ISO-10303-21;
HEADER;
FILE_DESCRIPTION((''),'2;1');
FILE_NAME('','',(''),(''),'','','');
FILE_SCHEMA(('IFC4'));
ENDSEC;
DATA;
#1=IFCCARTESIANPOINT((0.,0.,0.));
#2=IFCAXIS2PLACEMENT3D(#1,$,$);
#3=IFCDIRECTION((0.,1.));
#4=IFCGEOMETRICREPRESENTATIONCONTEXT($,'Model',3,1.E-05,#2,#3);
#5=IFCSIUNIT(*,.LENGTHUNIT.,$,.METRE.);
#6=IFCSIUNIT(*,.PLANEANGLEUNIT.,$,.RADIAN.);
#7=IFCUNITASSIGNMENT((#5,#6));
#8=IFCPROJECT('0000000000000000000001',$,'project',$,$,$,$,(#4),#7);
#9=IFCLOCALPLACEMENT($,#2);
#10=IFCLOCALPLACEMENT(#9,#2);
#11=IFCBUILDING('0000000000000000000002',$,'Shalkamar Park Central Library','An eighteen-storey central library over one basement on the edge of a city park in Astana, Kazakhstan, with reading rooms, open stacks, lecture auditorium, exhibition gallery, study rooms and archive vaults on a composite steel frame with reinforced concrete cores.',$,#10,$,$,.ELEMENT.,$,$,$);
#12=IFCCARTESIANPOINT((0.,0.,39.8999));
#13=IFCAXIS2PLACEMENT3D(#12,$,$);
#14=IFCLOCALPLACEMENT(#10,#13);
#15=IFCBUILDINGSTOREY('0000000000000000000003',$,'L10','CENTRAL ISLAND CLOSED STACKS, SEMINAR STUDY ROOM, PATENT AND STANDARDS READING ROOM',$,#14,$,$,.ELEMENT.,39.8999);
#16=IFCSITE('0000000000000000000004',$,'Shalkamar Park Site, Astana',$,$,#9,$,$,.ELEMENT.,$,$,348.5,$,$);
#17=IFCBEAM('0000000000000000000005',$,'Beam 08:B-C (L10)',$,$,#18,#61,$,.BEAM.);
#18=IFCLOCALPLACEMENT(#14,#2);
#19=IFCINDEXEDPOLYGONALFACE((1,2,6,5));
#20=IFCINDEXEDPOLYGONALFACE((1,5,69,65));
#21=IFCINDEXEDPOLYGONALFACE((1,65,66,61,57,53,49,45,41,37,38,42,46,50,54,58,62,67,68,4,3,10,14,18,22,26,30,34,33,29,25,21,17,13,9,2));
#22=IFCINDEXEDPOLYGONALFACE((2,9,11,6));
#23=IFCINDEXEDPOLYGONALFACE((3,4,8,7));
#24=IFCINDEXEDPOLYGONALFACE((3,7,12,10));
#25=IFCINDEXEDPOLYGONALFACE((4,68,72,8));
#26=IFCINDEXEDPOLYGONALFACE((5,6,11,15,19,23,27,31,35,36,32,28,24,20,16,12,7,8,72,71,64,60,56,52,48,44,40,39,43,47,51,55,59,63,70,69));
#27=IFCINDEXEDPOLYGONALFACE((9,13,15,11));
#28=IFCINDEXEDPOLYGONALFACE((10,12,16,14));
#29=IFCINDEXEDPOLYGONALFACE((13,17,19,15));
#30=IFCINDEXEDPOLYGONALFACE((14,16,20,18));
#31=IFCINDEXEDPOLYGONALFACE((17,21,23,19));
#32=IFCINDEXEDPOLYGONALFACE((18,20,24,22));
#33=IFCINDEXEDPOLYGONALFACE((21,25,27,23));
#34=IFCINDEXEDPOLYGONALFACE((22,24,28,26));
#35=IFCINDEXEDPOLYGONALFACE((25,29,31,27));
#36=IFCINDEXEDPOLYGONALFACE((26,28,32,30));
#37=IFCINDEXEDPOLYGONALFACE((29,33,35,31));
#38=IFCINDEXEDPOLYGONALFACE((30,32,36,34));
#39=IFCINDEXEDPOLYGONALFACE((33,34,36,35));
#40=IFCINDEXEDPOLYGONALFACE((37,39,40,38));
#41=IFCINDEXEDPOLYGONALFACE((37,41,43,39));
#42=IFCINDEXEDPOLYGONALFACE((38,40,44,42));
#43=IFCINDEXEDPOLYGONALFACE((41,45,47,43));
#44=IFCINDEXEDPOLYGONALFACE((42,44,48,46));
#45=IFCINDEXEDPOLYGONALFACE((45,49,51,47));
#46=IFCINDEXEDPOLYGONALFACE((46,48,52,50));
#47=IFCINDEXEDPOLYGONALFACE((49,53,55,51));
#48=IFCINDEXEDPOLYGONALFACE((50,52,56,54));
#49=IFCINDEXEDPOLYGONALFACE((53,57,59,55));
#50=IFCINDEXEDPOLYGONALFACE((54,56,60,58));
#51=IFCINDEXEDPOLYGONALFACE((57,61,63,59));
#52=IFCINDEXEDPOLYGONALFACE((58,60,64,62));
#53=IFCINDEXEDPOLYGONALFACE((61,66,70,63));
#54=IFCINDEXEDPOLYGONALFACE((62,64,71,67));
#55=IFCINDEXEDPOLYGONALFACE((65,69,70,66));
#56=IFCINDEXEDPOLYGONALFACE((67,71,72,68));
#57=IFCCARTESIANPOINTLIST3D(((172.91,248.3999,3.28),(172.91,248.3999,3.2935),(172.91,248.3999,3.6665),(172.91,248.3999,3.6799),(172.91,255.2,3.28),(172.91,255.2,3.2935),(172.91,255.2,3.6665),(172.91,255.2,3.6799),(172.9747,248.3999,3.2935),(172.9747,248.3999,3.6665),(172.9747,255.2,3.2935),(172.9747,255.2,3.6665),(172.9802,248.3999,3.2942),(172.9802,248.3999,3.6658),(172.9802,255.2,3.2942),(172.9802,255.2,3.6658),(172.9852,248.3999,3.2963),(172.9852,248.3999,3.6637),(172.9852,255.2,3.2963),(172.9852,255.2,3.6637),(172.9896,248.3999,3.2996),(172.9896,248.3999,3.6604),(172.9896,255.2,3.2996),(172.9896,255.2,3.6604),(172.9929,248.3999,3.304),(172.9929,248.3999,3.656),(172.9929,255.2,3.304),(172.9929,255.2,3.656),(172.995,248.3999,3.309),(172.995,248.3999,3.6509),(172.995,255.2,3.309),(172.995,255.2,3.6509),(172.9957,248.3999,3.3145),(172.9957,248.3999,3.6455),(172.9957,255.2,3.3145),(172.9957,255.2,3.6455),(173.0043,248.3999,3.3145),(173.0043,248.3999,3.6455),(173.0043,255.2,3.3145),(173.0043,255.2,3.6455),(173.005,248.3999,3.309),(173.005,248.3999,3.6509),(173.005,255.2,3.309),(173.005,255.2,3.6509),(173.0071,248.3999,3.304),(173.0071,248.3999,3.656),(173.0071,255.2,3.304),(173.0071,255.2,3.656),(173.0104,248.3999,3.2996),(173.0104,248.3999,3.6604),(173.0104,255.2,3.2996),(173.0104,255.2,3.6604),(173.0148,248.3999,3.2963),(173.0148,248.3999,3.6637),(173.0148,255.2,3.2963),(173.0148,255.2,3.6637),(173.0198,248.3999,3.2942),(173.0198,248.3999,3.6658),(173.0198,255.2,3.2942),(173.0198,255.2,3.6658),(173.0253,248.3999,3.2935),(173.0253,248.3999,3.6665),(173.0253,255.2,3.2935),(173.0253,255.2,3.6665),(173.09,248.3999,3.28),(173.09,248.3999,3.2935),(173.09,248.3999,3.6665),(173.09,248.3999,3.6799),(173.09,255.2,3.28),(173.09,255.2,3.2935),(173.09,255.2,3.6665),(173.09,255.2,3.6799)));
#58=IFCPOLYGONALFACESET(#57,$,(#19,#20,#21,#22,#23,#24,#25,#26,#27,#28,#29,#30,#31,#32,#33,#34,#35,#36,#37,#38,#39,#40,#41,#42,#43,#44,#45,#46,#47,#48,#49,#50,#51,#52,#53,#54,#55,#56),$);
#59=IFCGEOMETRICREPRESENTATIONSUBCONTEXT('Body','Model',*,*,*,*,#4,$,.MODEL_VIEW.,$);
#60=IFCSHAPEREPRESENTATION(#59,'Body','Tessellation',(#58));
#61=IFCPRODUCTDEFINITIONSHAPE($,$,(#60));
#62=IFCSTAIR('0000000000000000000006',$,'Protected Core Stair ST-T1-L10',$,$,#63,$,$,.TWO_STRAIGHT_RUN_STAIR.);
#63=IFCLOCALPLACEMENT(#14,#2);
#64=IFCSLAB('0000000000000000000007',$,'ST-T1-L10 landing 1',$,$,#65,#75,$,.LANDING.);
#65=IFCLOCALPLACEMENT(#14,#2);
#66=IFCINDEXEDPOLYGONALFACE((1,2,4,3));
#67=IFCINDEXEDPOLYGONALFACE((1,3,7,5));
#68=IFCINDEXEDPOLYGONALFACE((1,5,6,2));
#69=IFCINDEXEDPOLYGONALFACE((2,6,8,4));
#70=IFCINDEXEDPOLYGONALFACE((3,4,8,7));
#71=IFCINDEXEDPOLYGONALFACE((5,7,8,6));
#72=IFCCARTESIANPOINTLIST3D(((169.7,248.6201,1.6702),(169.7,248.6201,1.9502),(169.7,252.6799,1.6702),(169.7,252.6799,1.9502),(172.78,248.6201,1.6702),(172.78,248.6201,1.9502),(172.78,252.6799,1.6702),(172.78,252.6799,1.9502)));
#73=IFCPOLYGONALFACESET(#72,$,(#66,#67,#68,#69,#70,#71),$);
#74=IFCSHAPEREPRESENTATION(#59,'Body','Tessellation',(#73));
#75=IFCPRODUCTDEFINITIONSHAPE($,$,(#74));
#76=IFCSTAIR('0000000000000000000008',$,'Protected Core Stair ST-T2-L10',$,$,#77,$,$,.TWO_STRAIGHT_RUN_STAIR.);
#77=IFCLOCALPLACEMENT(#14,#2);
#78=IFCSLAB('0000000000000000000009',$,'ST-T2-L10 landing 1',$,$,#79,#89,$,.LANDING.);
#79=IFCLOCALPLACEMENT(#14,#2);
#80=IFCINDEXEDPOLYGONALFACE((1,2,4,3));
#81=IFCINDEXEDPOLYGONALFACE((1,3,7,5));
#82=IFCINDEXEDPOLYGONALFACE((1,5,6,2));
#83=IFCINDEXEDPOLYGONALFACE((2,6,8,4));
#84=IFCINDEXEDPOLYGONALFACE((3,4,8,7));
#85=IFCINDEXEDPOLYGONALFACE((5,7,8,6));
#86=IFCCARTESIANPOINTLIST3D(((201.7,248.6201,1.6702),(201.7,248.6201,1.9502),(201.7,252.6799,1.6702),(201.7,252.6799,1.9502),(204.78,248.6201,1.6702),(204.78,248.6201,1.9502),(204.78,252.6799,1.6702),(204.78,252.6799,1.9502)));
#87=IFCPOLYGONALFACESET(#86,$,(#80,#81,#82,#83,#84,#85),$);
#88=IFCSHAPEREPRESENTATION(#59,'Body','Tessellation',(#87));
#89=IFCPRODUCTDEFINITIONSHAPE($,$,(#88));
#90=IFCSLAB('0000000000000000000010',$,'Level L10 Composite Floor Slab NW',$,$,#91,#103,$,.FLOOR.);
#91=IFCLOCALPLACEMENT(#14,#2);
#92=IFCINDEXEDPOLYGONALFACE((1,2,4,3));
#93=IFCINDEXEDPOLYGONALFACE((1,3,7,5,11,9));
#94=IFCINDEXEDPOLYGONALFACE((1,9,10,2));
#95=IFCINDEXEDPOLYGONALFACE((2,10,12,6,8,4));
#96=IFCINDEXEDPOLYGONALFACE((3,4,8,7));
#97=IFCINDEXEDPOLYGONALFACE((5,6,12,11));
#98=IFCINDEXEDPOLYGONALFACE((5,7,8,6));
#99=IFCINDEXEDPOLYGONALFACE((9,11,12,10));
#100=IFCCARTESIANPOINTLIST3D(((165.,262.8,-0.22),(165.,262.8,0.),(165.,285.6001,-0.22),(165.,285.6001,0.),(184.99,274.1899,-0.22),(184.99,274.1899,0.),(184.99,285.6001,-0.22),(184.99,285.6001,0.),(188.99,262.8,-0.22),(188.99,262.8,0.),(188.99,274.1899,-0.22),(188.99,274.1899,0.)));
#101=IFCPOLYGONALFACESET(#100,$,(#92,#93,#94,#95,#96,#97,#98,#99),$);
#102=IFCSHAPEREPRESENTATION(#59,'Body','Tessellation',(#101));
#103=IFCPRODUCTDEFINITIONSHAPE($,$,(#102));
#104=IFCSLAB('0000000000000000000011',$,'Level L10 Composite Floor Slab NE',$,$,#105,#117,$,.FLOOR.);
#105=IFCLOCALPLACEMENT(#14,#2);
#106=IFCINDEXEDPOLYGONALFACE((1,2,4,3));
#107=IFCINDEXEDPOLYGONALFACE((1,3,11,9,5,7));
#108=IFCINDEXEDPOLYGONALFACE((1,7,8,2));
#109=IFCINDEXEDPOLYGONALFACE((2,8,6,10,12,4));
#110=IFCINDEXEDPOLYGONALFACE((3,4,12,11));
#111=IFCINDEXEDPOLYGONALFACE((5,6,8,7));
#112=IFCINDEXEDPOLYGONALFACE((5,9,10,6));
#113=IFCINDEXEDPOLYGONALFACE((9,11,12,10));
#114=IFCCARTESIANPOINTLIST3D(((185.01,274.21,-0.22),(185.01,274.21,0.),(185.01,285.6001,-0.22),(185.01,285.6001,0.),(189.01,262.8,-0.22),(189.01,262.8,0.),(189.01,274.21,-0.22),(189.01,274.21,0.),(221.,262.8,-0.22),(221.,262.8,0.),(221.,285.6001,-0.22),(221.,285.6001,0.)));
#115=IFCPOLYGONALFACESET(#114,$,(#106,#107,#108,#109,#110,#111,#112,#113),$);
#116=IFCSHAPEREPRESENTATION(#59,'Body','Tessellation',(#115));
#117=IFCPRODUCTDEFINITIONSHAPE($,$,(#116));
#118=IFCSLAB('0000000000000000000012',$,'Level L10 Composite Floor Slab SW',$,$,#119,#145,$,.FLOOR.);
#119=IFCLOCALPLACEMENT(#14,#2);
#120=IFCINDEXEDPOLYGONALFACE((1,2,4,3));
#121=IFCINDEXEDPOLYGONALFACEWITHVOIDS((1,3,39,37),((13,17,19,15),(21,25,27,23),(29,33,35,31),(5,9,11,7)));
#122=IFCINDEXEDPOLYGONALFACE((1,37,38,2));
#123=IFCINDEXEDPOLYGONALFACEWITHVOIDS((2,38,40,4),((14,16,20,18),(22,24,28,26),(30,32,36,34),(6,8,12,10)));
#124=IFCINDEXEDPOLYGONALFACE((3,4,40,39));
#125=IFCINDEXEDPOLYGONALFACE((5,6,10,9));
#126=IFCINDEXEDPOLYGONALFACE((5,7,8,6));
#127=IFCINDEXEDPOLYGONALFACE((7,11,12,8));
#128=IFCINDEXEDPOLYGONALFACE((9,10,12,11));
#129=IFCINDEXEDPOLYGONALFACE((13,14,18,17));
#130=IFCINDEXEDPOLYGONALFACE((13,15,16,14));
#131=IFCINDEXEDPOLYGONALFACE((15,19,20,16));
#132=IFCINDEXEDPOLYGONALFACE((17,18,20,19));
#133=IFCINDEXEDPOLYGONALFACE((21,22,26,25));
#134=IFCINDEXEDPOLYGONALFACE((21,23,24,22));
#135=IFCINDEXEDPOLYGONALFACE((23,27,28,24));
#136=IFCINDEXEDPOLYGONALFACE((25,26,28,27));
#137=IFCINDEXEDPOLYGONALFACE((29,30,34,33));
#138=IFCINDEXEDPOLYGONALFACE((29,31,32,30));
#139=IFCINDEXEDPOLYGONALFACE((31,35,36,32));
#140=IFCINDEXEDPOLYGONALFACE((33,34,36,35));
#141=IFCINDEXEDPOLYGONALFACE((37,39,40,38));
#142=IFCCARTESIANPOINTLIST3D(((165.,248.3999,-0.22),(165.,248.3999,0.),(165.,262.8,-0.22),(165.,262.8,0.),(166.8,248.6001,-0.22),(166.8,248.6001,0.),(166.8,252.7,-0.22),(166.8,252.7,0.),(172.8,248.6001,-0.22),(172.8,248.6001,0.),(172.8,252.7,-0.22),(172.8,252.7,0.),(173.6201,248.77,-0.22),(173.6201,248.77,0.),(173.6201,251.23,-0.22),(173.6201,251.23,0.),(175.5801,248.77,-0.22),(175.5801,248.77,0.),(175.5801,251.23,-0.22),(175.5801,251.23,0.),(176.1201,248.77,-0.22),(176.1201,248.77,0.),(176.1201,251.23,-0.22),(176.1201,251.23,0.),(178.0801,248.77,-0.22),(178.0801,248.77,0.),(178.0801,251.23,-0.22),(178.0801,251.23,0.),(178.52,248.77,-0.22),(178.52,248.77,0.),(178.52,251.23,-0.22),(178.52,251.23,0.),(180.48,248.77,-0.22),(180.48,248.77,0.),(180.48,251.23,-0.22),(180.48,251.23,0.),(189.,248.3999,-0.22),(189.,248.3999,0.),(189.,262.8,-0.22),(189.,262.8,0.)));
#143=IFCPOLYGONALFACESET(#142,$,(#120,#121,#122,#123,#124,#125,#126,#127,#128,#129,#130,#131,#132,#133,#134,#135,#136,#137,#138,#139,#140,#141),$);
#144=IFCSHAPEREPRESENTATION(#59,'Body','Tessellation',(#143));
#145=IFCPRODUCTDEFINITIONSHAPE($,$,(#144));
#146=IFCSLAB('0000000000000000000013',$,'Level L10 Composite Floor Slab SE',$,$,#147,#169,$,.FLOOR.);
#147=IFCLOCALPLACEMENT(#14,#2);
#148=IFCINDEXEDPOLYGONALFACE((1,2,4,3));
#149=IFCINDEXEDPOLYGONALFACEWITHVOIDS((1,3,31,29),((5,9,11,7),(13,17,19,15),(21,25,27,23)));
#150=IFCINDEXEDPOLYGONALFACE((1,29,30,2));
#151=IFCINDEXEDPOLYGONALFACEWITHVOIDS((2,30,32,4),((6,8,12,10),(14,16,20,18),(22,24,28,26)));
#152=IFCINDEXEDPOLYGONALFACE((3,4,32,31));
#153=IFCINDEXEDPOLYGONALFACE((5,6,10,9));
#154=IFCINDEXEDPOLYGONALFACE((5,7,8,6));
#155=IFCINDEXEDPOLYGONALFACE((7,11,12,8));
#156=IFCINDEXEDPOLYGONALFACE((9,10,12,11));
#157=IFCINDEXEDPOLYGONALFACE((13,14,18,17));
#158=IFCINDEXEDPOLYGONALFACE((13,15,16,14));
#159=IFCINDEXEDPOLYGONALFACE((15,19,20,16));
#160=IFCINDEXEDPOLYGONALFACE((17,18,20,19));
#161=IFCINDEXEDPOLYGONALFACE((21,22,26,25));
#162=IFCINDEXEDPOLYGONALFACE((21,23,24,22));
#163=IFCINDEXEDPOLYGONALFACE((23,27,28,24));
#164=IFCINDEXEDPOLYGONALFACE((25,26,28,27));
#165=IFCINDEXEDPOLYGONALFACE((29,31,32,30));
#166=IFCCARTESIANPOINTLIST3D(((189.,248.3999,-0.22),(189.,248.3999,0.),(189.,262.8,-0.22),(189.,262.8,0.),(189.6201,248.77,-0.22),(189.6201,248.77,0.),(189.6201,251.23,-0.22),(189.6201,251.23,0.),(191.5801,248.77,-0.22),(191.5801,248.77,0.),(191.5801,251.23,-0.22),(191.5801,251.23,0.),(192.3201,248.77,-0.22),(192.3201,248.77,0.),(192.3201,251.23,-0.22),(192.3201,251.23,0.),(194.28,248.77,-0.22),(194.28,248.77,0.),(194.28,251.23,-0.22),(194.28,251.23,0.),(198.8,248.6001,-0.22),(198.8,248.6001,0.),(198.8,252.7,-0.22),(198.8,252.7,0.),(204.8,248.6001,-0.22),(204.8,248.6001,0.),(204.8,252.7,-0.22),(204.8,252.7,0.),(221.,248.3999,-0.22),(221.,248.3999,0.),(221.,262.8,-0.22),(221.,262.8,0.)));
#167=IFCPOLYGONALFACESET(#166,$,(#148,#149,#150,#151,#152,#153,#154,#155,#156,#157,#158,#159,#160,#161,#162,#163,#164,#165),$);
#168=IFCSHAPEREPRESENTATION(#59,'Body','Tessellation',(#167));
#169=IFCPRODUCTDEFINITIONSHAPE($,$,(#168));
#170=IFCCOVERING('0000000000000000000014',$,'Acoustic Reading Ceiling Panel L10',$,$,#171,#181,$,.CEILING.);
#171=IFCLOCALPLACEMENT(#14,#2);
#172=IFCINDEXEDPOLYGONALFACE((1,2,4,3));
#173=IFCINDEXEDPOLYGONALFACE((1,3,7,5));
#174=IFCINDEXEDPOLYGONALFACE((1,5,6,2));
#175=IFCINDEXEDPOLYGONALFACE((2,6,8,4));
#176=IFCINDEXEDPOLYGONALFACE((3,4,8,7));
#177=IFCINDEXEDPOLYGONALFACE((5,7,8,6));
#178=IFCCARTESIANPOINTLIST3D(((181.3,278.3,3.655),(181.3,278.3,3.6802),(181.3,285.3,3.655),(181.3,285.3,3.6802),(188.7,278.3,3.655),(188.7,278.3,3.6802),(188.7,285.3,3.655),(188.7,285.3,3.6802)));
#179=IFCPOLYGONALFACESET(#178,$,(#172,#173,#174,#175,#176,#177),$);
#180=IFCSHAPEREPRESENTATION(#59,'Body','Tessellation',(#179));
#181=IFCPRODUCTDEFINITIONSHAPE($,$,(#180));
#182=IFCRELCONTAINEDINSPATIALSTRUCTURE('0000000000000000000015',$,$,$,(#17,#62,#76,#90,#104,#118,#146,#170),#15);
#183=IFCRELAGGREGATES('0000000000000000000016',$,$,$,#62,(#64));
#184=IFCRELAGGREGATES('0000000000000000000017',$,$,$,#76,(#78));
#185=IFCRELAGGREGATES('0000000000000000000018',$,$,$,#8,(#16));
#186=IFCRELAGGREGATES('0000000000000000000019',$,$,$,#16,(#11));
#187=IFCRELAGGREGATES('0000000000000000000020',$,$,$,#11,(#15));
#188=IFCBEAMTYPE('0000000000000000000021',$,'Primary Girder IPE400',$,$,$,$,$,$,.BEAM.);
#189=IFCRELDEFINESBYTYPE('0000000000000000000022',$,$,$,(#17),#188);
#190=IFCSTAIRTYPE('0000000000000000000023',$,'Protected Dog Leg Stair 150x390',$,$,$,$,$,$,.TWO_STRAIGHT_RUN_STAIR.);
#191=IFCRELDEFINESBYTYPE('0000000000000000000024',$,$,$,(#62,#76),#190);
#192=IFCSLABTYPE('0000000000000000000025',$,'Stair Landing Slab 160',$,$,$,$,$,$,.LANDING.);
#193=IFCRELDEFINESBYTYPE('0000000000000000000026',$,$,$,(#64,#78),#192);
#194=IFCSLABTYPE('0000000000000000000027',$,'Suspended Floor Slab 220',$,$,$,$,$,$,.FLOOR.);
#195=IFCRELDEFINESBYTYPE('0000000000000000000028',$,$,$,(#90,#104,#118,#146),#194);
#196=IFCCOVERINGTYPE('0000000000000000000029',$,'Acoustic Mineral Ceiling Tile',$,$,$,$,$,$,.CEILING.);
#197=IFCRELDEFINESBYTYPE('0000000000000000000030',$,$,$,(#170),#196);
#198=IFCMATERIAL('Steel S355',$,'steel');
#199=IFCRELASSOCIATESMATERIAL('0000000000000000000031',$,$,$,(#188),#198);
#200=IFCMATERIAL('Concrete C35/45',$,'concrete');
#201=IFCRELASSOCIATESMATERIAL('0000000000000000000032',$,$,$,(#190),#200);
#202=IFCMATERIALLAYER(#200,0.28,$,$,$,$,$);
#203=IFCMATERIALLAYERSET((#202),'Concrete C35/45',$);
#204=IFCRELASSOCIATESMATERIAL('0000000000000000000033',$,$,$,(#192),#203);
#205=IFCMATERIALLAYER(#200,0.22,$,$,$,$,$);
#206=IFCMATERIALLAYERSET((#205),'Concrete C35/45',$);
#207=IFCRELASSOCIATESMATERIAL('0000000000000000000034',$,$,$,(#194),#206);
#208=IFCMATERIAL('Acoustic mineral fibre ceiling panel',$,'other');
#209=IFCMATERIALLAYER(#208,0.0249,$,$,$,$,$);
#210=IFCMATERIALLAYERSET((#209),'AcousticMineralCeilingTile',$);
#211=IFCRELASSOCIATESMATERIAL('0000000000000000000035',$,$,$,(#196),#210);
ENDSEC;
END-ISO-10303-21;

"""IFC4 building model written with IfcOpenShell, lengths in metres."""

from ifc_helpers import new_model, si_unit, direction, frame, origin, origin_2d, place, context, subcontext, project, spatial, polyline, i_section, outline, extrude, material, layer, layer_set, material_profile, profile_set, type_object, element, aggregate, save


model = new_model("IFC4")

# Units and contexts
model_context = context("Model", 3, precision=1e-05, world=origin(), true_north=direction((0.0, 1.0)))
body_context = subcontext(model_context, "Body", "Model", "MODEL_VIEW")
ifc_project = project(units=[si_unit("LENGTHUNIT", "METRE"), si_unit("PLANEANGLEUNIT", "RADIAN")], contexts=[model_context])

# Site, building, storey
site_placement = place(None, origin())
site = spatial("IfcSite", under=ifc_project, at=site_placement, Name="Shalkamar Park Site, Astana", CompositionType="ELEMENT", RefElevation=348.5)
building_placement = place(site_placement, origin())
building = spatial("IfcBuilding", under=site, at=building_placement, Name="Shalkamar Park Central Library", Description="An eighteen-storey central library over one basement on the edge of a city park in Astana, Kazakhstan, with reading rooms, open stacks, lecture auditorium, exhibition gallery, study rooms and archive vaults on a composite steel frame with reinforced concrete cores.", CompositionType="ELEMENT")
storey_placement = place(building_placement, frame((0.0, 0.0, 39.8999)))
storey = spatial("IfcBuildingStorey", under=building, at=storey_placement, Name="L10", Description="CENTRAL ISLAND CLOSED STACKS, SEMINAR STUDY ROOM, PATENT AND STANDARDS READING ROOM", CompositionType="ELEMENT", Elevation=39.8999)

# Shared definitions
ifc_material_1 = material(Name="Steel S355", Category="steel")

# Beam
ifc_material_profile_1 = material_profile(ifc_material_1, i_section(OverallWidth=0.1799, OverallDepth=0.3999, WebThickness=0.0085, FlangeThickness=0.0134, FilletRadius=0.021, at=origin_2d()), Name="IPE 400")
ifc_profile_set_1 = profile_set([ifc_material_profile_1], Name="Steel S355")
beam_type_1 = type_object("IfcBeamType", Name="Primary Girder IPE400", PredefinedType="BEAM", material=ifc_profile_set_1)
beam_1_placement = place(storey_placement, frame((173.0, 248.3999, 3.48), z_axis=(0.0, 1.0, 0.0), x_axis=(-1.0, 0.0, 0.0)))
element("IfcBeam", 1, at=beam_1_placement, inside=storey, type_object=beam_type_1, Name="Beam 08:B-C (L10)", PredefinedType="BEAM", context=body_context, shape_type="SweptSolid", body=[
    extrude(i_section(OverallWidth=0.1799, OverallDepth=0.3999, WebThickness=0.0085, FlangeThickness=0.0134, FilletRadius=0.021, at=origin_2d()), origin(), (0.0, 0.0, 1.0), 6.8),
])

# Stairs, slabs
ifc_material_2 = material(Name="Concrete C35/45", Category="concrete")
stair_type = type_object("IfcStairType", Name="Protected Dog Leg Stair 150x390", PredefinedType="TWO_STRAIGHT_RUN_STAIR", material=ifc_material_2)
stair_1_placement = place(storey_placement, origin())
stair_1 = element("IfcStair", 2, at=stair_1_placement, inside=storey, type_object=stair_type, Name="Protected Core Stair ST-T1-L10", PredefinedType="TWO_STRAIGHT_RUN_STAIR")
ifc_layer_1 = layer(ifc_material_2, 0.28)
ifc_layer_set_1 = layer_set([ifc_layer_1], Name="Concrete C35/45")
slab_type_1 = type_object("IfcSlabType", Name="Stair Landing Slab 160", PredefinedType="LANDING", material=ifc_layer_set_1)
slab_1_placement = place(storey_placement, frame((0.0, 0.0, 1.6702)))
slab_1 = element("IfcSlab", 3, at=slab_1_placement, type_object=slab_type_1, Name="ST-T1-L10 landing 1", PredefinedType="LANDING", context=body_context, shape_type="SweptSolid", body=[
    extrude(outline(polyline([(169.7, 248.6201), (172.78, 248.6201), (172.78, 252.6799), (169.7, 252.6799), (169.7, 248.6201)])), origin(), (0.0, 0.0, 1.0), 0.28),
])
aggregate(stair_1, [slab_1])
stair_2_placement = place(storey_placement, origin())
stair_2 = element("IfcStair", 4, at=stair_2_placement, inside=storey, type_object=stair_type, Name="Protected Core Stair ST-T2-L10", PredefinedType="TWO_STRAIGHT_RUN_STAIR")
slab_2_placement = place(storey_placement, frame((0.0, 0.0, 1.6702)))
slab_2 = element("IfcSlab", 5, at=slab_2_placement, type_object=slab_type_1, Name="ST-T2-L10 landing 1", PredefinedType="LANDING", context=body_context, shape_type="SweptSolid", body=[
    extrude(outline(polyline([(201.7, 248.6201), (204.78, 248.6201), (204.78, 252.6799), (201.7, 252.6799), (201.7, 248.6201)])), origin(), (0.0, 0.0, 1.0), 0.28),
])
aggregate(stair_2, [slab_2])

# Slabs
ifc_layer_2 = layer(ifc_material_2, 0.22)
ifc_layer_set_2 = layer_set([ifc_layer_2], Name="Concrete C35/45")
slab_type_2 = type_object("IfcSlabType", Name="Suspended Floor Slab 220", PredefinedType="FLOOR", material=ifc_layer_set_2)
slab_3_placement = place(storey_placement, frame((0.0, 0.0, -0.22)))
element("IfcSlab", 6, at=slab_3_placement, inside=storey, type_object=slab_type_2, Name="Level L10 Composite Floor Slab NW", PredefinedType="FLOOR", context=body_context, shape_type="SweptSolid", body=[
    extrude(outline(polyline([(165.0, 262.8), (188.99, 262.8), (188.99, 274.1899), (184.99, 274.1899), (184.99, 285.6001), (165.0, 285.6001), (165.0, 262.8)])), origin(), (0.0, 0.0, 1.0), 0.22),
])
slab_4_placement = place(storey_placement, frame((0.0, 0.0, -0.22)))
element("IfcSlab", 7, at=slab_4_placement, inside=storey, type_object=slab_type_2, Name="Level L10 Composite Floor Slab NE", PredefinedType="FLOOR", context=body_context, shape_type="SweptSolid", body=[
    extrude(outline(polyline([(189.01, 262.8), (221.0, 262.8), (221.0, 285.6001), (185.01, 285.6001), (185.01, 274.21), (189.01, 274.21), (189.01, 262.8)])), origin(), (0.0, 0.0, 1.0), 0.22),
])
slab_5_placement = place(storey_placement, frame((0.0, 0.0, -0.22)))
element("IfcSlab", 8, at=slab_5_placement, inside=storey, type_object=slab_type_2, Name="Level L10 Composite Floor Slab SW", PredefinedType="FLOOR", context=body_context, shape_type="SweptSolid", body=[
    extrude(outline(polyline([(165.0, 248.3999), (165.0, 262.8), (189.0, 262.8), (189.0, 248.3999), (165.0, 248.3999)]), holes=[polyline([(173.6201, 248.77), (175.5801, 248.77), (175.5801, 251.23), (173.6201, 251.23), (173.6201, 248.77)]), polyline([(176.1201, 251.23), (176.1201, 248.77), (178.0801, 248.77), (178.0801, 251.23), (176.1201, 251.23)]), polyline([(178.52, 251.23), (178.52, 248.77), (180.48, 248.77), (180.48, 251.23), (178.52, 251.23)]), polyline([(166.8, 252.7), (166.8, 248.6001), (172.8, 248.6001), (172.8, 252.7), (166.8, 252.7)])]), origin(), (0.0, 0.0, 1.0), 0.22),
])
slab_6_placement = place(storey_placement, frame((0.0, 0.0, -0.22)))
element("IfcSlab", 9, at=slab_6_placement, inside=storey, type_object=slab_type_2, Name="Level L10 Composite Floor Slab SE", PredefinedType="FLOOR", context=body_context, shape_type="SweptSolid", body=[
    extrude(outline(polyline([(189.0, 248.3999), (189.0, 262.8), (221.0, 262.8), (221.0, 248.3999), (189.0, 248.3999)]), holes=[polyline([(189.6201, 251.23), (189.6201, 248.77), (191.5801, 248.77), (191.5801, 251.23), (189.6201, 251.23)]), polyline([(192.3201, 251.23), (192.3201, 248.77), (194.28, 248.77), (194.28, 251.23), (192.3201, 251.23)]), polyline([(198.8, 252.7), (198.8, 248.6001), (204.8, 248.6001), (204.8, 252.7), (198.8, 252.7)])]), origin(), (0.0, 0.0, 1.0), 0.22),
])

# Covering
ifc_material_3 = material(Name="Acoustic mineral fibre ceiling panel", Category="other")
ifc_layer_3 = layer(ifc_material_3, 0.0249)
ifc_layer_set_3 = layer_set([ifc_layer_3], Name="AcousticMineralCeilingTile")
covering_type = type_object("IfcCoveringType", Name="Acoustic Mineral Ceiling Tile", PredefinedType="CEILING", material=ifc_layer_set_3)
covering_placement = place(storey_placement, frame((0.0, 0.0, 3.655)))
element("IfcCovering", 10, at=covering_placement, inside=storey, type_object=covering_type, Name="Acoustic Reading Ceiling Panel L10", PredefinedType="CEILING", context=body_context, shape_type="SweptSolid", body=[
    extrude(outline(polyline([(181.3, 278.3), (188.7, 278.3), (188.7, 285.3), (181.3, 285.3), (181.3, 278.3)])), origin(), (0.0, 0.0, 1.0), 0.0251),
])

save(model, "model.ifc")
